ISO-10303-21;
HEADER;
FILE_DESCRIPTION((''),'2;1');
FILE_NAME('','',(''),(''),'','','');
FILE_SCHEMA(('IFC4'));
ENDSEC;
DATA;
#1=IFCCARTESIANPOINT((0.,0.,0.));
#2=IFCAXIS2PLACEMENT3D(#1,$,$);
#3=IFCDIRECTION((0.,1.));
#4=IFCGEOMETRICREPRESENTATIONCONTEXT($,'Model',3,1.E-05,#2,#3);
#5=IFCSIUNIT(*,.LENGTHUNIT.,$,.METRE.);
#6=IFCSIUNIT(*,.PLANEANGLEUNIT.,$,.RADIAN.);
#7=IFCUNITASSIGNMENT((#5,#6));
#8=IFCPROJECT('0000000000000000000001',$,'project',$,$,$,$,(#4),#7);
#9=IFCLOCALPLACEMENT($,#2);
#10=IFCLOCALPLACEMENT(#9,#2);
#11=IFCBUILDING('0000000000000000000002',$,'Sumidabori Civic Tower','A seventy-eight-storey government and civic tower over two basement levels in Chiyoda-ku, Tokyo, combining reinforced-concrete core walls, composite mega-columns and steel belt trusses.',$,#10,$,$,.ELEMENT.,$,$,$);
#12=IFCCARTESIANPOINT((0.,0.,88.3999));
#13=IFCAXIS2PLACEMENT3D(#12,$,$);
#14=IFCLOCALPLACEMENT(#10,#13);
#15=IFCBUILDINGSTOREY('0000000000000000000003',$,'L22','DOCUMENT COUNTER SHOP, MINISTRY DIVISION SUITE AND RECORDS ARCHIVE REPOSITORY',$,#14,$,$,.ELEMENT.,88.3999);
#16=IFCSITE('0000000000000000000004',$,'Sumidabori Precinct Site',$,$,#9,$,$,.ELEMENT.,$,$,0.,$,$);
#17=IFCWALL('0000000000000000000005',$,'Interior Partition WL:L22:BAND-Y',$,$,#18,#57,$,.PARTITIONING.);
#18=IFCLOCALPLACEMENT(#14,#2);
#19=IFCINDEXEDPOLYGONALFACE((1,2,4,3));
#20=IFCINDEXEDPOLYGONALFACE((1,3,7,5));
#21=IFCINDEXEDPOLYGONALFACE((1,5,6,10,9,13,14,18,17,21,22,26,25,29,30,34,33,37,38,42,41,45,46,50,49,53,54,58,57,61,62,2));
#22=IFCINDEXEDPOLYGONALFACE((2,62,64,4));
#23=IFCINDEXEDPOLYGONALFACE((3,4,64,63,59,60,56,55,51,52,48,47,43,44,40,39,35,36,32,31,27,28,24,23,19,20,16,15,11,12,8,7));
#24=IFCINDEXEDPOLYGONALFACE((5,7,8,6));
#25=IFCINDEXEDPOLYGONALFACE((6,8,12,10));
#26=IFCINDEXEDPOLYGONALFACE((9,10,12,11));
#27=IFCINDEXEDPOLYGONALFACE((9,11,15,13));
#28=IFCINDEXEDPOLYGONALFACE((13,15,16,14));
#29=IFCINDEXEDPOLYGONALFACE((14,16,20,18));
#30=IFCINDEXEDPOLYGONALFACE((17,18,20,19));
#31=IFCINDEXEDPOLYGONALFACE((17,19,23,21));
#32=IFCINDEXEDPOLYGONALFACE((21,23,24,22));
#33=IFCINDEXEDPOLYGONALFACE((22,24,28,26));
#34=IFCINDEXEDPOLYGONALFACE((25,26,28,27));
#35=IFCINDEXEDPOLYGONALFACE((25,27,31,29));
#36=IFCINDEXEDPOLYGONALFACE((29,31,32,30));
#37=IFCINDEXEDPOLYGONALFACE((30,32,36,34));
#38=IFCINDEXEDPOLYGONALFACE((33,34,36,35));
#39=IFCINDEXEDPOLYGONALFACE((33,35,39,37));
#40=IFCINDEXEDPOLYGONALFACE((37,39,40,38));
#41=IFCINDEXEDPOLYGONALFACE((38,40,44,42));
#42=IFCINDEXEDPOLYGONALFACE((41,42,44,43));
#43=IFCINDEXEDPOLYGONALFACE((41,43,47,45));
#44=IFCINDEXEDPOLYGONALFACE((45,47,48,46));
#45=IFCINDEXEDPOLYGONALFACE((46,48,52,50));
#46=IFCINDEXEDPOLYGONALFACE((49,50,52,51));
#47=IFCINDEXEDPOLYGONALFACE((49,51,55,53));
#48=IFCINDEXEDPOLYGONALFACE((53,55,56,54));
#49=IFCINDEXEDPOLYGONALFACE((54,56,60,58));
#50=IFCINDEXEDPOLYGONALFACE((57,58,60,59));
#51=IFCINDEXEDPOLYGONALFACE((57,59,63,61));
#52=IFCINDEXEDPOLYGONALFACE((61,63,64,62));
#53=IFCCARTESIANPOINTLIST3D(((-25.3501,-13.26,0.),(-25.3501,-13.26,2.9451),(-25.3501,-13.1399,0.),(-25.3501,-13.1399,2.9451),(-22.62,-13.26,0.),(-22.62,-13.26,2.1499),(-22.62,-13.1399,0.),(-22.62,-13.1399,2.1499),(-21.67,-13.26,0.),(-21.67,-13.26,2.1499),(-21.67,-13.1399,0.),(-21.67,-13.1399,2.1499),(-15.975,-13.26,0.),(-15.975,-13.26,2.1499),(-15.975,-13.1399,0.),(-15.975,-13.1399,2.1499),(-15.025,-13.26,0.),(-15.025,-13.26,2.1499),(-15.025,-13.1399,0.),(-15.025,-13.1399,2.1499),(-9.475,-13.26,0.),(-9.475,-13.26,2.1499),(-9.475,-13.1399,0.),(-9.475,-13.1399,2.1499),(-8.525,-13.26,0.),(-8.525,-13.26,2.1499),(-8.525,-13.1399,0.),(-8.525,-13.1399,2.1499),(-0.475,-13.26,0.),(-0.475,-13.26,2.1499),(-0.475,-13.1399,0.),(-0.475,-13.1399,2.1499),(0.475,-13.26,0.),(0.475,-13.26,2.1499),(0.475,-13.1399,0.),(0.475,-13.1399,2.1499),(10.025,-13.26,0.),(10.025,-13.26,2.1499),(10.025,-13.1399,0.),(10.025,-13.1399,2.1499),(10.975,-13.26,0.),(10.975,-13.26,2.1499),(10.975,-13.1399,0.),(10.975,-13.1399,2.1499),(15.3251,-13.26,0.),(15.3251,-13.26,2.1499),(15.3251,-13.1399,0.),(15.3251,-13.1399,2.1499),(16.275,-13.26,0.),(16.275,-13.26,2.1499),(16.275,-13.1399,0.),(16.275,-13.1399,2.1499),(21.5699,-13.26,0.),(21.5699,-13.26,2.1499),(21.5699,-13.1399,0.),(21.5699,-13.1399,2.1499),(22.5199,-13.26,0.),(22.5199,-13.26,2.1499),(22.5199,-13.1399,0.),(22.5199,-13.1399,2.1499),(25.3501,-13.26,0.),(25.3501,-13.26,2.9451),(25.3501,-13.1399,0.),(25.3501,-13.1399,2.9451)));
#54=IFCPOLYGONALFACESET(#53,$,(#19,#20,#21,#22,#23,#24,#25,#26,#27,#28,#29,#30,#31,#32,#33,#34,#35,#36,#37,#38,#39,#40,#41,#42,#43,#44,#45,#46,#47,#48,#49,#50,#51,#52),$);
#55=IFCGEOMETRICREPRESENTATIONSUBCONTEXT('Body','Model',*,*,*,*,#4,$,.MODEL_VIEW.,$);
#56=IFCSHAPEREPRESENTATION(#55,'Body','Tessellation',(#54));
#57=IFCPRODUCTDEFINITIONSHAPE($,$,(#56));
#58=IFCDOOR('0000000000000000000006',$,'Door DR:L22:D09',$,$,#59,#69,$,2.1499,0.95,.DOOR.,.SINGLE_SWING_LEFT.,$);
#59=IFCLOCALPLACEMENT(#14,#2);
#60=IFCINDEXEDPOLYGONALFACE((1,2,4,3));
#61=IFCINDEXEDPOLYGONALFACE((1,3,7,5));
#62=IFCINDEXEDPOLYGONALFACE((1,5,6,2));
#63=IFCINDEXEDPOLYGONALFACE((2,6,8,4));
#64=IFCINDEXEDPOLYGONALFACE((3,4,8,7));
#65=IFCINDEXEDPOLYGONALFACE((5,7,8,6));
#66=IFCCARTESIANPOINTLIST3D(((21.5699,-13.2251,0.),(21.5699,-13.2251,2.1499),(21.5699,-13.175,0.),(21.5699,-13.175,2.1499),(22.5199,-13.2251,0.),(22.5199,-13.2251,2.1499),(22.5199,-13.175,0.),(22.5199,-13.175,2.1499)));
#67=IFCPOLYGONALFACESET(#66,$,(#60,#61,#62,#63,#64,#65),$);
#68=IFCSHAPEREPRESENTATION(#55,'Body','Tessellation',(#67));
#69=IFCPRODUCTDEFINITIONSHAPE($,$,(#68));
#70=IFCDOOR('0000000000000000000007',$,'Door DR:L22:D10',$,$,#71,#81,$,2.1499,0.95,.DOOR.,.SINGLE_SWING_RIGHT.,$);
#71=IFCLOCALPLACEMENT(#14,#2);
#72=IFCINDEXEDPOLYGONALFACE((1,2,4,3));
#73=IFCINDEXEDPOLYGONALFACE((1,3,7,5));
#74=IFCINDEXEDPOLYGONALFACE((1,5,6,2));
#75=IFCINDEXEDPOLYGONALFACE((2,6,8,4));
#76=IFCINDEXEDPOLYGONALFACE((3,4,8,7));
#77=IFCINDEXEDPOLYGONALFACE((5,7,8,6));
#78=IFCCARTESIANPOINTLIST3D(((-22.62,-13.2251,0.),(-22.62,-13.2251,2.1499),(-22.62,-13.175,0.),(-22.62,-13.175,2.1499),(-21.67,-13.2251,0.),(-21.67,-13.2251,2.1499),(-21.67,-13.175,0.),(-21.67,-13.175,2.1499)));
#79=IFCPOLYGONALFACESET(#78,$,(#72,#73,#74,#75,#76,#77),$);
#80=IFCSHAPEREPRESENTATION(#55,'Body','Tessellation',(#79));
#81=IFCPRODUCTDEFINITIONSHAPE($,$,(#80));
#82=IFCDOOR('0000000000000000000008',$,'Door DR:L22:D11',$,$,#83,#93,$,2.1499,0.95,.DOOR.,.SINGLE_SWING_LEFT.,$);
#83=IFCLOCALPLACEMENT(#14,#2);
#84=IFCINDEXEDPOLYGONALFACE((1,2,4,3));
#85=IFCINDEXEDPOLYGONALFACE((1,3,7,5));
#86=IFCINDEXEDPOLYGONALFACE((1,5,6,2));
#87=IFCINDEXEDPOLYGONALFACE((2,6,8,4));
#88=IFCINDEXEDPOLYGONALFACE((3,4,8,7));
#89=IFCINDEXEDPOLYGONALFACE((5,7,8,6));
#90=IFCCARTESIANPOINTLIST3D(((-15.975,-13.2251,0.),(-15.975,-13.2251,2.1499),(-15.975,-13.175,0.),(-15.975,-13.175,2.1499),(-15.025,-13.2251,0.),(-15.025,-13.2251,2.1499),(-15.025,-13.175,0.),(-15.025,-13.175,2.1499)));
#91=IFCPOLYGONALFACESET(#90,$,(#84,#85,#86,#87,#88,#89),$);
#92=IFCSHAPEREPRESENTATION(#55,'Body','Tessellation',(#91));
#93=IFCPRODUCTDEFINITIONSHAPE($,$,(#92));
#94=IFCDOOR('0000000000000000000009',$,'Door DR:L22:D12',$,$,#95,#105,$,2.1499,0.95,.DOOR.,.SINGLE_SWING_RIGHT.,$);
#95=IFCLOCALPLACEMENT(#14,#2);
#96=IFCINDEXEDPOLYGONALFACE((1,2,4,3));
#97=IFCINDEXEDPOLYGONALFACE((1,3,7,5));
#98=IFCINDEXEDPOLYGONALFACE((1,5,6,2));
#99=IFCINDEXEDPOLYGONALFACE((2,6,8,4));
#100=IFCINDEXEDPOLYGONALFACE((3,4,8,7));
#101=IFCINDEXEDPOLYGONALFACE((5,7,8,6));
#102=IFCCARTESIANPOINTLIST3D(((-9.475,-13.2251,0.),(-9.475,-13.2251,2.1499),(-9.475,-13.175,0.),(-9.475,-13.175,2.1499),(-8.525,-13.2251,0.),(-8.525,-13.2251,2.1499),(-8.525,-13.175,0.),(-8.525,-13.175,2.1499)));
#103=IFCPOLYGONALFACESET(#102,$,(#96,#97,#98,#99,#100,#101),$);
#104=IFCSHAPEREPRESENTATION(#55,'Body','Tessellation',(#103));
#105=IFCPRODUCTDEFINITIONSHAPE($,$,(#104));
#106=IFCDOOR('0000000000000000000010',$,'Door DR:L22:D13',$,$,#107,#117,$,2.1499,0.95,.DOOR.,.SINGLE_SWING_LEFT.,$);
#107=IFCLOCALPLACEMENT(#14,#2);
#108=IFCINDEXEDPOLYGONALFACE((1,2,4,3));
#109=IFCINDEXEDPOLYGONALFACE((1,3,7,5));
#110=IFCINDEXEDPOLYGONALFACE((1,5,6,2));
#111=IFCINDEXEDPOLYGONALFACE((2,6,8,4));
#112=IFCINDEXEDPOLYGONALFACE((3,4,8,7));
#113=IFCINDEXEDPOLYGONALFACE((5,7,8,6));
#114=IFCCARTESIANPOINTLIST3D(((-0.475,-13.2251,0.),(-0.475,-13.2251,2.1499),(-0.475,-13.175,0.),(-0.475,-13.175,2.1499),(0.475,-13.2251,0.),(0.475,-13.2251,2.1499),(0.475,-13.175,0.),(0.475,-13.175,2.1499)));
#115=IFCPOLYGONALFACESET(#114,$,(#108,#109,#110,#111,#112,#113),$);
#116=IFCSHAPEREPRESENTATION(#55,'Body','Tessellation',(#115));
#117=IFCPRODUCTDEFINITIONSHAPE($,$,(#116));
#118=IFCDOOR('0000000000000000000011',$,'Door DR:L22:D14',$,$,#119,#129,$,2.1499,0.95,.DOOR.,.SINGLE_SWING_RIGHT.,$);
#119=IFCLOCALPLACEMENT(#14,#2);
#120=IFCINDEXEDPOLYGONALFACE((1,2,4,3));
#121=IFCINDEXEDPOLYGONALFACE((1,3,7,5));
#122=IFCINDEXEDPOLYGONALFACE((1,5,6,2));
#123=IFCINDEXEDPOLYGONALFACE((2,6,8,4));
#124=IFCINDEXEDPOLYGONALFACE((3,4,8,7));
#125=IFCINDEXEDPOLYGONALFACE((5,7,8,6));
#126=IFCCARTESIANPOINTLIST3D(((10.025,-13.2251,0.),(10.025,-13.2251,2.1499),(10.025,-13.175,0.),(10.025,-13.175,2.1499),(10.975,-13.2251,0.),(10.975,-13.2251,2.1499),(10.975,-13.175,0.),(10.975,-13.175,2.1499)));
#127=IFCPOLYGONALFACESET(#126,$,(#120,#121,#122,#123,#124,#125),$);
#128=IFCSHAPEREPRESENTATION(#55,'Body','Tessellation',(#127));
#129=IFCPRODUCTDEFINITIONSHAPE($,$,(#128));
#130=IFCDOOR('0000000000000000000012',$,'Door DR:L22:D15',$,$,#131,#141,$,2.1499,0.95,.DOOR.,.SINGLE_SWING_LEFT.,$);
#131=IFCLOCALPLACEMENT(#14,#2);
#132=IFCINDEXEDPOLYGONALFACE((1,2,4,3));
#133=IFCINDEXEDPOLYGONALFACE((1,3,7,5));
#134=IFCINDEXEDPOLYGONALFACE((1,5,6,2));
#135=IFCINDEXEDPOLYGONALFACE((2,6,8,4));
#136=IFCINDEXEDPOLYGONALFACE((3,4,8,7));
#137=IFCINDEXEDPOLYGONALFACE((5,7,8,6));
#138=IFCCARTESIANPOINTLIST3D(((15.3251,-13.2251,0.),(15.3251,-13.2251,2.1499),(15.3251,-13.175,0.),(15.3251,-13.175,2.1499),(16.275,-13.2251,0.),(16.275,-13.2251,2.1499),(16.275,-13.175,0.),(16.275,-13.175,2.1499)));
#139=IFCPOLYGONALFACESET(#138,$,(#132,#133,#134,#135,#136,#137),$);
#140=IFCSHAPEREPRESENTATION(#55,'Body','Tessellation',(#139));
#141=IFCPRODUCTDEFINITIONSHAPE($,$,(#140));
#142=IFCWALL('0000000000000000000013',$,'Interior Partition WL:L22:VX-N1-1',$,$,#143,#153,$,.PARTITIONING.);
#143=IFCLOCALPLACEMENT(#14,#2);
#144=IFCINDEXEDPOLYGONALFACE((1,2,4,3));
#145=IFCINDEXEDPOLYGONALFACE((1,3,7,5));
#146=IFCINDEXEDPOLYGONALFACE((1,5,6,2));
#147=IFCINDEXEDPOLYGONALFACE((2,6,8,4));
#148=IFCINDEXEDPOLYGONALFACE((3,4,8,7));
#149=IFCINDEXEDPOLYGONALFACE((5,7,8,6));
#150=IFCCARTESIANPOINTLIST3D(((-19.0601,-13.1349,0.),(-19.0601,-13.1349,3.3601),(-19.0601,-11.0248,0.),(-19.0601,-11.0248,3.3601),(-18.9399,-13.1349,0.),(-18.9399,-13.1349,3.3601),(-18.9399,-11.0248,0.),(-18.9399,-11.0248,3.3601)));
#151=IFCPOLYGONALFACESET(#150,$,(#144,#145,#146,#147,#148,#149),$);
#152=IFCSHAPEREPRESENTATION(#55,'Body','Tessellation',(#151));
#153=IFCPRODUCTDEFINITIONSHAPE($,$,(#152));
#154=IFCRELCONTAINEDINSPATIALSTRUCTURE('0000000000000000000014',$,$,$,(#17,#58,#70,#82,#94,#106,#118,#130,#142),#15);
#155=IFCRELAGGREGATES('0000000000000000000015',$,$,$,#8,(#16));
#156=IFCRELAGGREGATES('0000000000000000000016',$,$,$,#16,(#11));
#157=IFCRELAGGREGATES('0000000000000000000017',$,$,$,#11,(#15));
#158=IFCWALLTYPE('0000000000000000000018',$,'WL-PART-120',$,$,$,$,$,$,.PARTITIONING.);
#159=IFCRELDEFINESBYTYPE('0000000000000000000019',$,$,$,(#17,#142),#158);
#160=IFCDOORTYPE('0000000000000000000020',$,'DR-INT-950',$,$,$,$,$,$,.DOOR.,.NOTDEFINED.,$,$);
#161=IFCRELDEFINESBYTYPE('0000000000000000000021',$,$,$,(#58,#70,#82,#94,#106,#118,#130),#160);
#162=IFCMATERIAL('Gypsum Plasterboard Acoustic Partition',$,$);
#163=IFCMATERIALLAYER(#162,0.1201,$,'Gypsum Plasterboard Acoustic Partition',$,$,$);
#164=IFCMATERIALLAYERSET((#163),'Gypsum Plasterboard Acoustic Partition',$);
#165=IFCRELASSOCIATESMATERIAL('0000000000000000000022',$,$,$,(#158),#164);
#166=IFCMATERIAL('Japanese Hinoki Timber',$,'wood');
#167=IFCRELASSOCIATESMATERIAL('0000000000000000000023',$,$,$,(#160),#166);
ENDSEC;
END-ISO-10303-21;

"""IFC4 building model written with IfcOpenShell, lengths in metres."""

from ifc_helpers import new_model, si_unit, direction, frame, frame_2d, origin, place, context, subcontext, project, spatial, rectangle, extrude, source, transform, mapped, material, layer, layer_set, type_object, element, fill, save


model = new_model("IFC4")

# Units and contexts
model_context = context("Model", 3, precision=1e-05, world=origin(), true_north=direction((0.0, 1.0)))
body_context = subcontext(model_context, "Body", "Model", "MODEL_VIEW")
ifc_project = project(units=[si_unit("LENGTHUNIT", "METRE"), si_unit("PLANEANGLEUNIT", "RADIAN")], contexts=[model_context])

# Site, building, storey
site_placement = place(None, origin())
site = spatial("IfcSite", under=ifc_project, at=site_placement, Name="Sumidabori Precinct Site", CompositionType="ELEMENT", RefElevation=0.0)
building_placement = place(site_placement, origin())
building = spatial("IfcBuilding", under=site, at=building_placement, Name="Sumidabori Civic Tower", Description="A seventy-eight-storey government and civic tower over two basement levels in Chiyoda-ku, Tokyo, combining reinforced-concrete core walls, composite mega-columns and steel belt trusses.", CompositionType="ELEMENT")
storey_placement = place(building_placement, frame((0.0, 0.0, 88.3999)))
storey = spatial("IfcBuildingStorey", under=building, at=storey_placement, Name="L22", Description="DOCUMENT COUNTER SHOP, MINISTRY DIVISION SUITE AND RECORDS ARCHIVE REPOSITORY", CompositionType="ELEMENT", Elevation=88.3999)

# Wall, openings, doors
ifc_material_1 = material(Name="Gypsum Plasterboard Acoustic Partition")
ifc_layer_1 = layer(ifc_material_1, 0.1201, Name="Gypsum Plasterboard Acoustic Partition")
ifc_layer_set_1 = layer_set([ifc_layer_1], Name="Gypsum Plasterboard Acoustic Partition")
wall_type_1 = type_object("IfcWallType", Name="WL-PART-120", PredefinedType="PARTITIONING", material=ifc_layer_set_1)
shared_shape_1 = source(origin(), body_context, "Body", "SweptSolid", [
    extrude(rectangle(XDim=50.7002, YDim=0.1201, at=frame_2d((25.3501, 0.0))), origin(), (0.0, 0.0, 1.0), 2.9451),
])
wall_1_placement = place(storey_placement, frame((-25.3501, -13.2, 0.0), z_axis=(0.0, 0.0, 1.0), x_axis=(1.0, 0.0, 0.0)))
wall_1 = element("IfcWall", 1, at=wall_1_placement, inside=storey, type_object=wall_type_1, Name="Interior Partition WL:L22:BAND-Y", PredefinedType="PARTITIONING", context=body_context, shape_type="MappedRepresentation", body=[
    mapped(shared_shape_1, transform((0.0, 0.0, 0.0), x_axis=(1.0, 0.0, 0.0), y_axis=(0.0, 1.0, 0.0), z_axis=(0.0, 0.0, 1.0), scale=1.0)),
])
opening_1_placement = place(wall_1_placement, frame((46.9199, 0.0, 0.0)))
opening_1 = element("IfcOpeningElement", 2, at=opening_1_placement, cuts=wall_1, PredefinedType="OPENING", context=body_context, shape_type="SweptSolid", body=[
    extrude(rectangle(XDim=0.95, YDim=2.1499, at=frame_2d((0.4751, 1.075))), frame((0.0, 0.072, 0.0), z_axis=(0.0, -1.0, 0.0), x_axis=(1.0, 0.0, 0.0)), (0.0, 0.0, 1.0), 0.144),
])
opening_2_placement = place(wall_1_placement, frame((2.73, 0.0, 0.0)))
opening_2 = element("IfcOpeningElement", 3, at=opening_2_placement, cuts=wall_1, PredefinedType="OPENING", context=body_context, shape_type="SweptSolid", body=[
    extrude(rectangle(XDim=0.95, YDim=2.1499, at=frame_2d((0.4751, 1.075))), frame((0.0, 0.072, 0.0), z_axis=(0.0, -1.0, 0.0), x_axis=(1.0, 0.0, 0.0)), (0.0, 0.0, 1.0), 0.144),
])
opening_3_placement = place(wall_1_placement, frame((9.375, 0.0, 0.0)))
opening_3 = element("IfcOpeningElement", 4, at=opening_3_placement, cuts=wall_1, PredefinedType="OPENING", context=body_context, shape_type="SweptSolid", body=[
    extrude(rectangle(XDim=0.95, YDim=2.1499, at=frame_2d((0.4751, 1.075))), frame((0.0, 0.072, 0.0), z_axis=(0.0, -1.0, 0.0), x_axis=(1.0, 0.0, 0.0)), (0.0, 0.0, 1.0), 0.144),
])
opening_4_placement = place(wall_1_placement, frame((15.875, 0.0, 0.0)))
opening_4 = element("IfcOpeningElement", 5, at=opening_4_placement, cuts=wall_1, PredefinedType="OPENING", context=body_context, shape_type="SweptSolid", body=[
    extrude(rectangle(XDim=0.95, YDim=2.1499, at=frame_2d((0.4751, 1.075))), frame((0.0, 0.072, 0.0), z_axis=(0.0, -1.0, 0.0), x_axis=(1.0, 0.0, 0.0)), (0.0, 0.0, 1.0), 0.144),
])
opening_5_placement = place(wall_1_placement, frame((24.875, 0.0, 0.0)))
opening_5 = element("IfcOpeningElement", 6, at=opening_5_placement, cuts=wall_1, PredefinedType="OPENING", context=body_context, shape_type="SweptSolid", body=[
    extrude(rectangle(XDim=0.95, YDim=2.1499, at=frame_2d((0.4751, 1.075))), frame((0.0, 0.072, 0.0), z_axis=(0.0, -1.0, 0.0), x_axis=(1.0, 0.0, 0.0)), (0.0, 0.0, 1.0), 0.144),
])
opening_6_placement = place(wall_1_placement, frame((35.375, 0.0, 0.0)))
opening_6 = element("IfcOpeningElement", 7, at=opening_6_placement, cuts=wall_1, PredefinedType="OPENING", context=body_context, shape_type="SweptSolid", body=[
    extrude(rectangle(XDim=0.95, YDim=2.1499, at=frame_2d((0.4751, 1.075))), frame((0.0, 0.072, 0.0), z_axis=(0.0, -1.0, 0.0), x_axis=(1.0, 0.0, 0.0)), (0.0, 0.0, 1.0), 0.144),
])
opening_7_placement = place(wall_1_placement, frame((40.675, 0.0, 0.0)))
opening_7 = element("IfcOpeningElement", 8, at=opening_7_placement, cuts=wall_1, PredefinedType="OPENING", context=body_context, shape_type="SweptSolid", body=[
    extrude(rectangle(XDim=0.95, YDim=2.1499, at=frame_2d((0.4751, 1.075))), frame((0.0, 0.072, 0.0), z_axis=(0.0, -1.0, 0.0), x_axis=(1.0, 0.0, 0.0)), (0.0, 0.0, 1.0), 0.144),
])
ifc_material_2 = material(Name="Japanese Hinoki Timber", Category="wood")
door_type = type_object("IfcDoorType", Name="DR-INT-950", OperationType="NOTDEFINED", PredefinedType="DOOR", material=ifc_material_2)
shared_shape_2 = source(origin(), body_context, "Body", "SweptSolid", [
    extrude(rectangle(XDim=0.95, YDim=2.1499, at=frame_2d((0.4751, 1.075))), frame((0.0, 0.0249, 0.0), z_axis=(0.0, -1.0, 0.0), x_axis=(1.0, 0.0, 0.0)), (0.0, 0.0, 1.0), 0.05),
])
door_1_placement = place(opening_1_placement, origin())
door_1 = element("IfcDoor", 9, at=door_1_placement, inside=storey, type_object=door_type, Name="Door DR:L22:D09", OperationType="SINGLE_SWING_LEFT", OverallHeight=2.1499, OverallWidth=0.95, PredefinedType="DOOR", context=body_context, shape_type="MappedRepresentation", body=[
    mapped(shared_shape_2, transform((0.0, 0.0, 0.0), x_axis=(1.0, 0.0, 0.0), y_axis=(0.0, 1.0, 0.0), z_axis=(0.0, 0.0, 1.0), scale=1.0)),
])
fill(opening_1, door_1)
door_2_placement = place(opening_2_placement, origin())
door_2 = element("IfcDoor", 10, at=door_2_placement, inside=storey, type_object=door_type, Name="Door DR:L22:D10", OperationType="SINGLE_SWING_RIGHT", OverallHeight=2.1499, OverallWidth=0.95, PredefinedType="DOOR", context=body_context, shape_type="MappedRepresentation", body=[
    mapped(shared_shape_2, transform((0.0, 0.0, 0.0), x_axis=(1.0, 0.0, 0.0), y_axis=(0.0, 1.0, 0.0), z_axis=(0.0, 0.0, 1.0), scale=1.0)),
])
fill(opening_2, door_2)
door_3_placement = place(opening_3_placement, origin())
door_3 = element("IfcDoor", 11, at=door_3_placement, inside=storey, type_object=door_type, Name="Door DR:L22:D11", OperationType="SINGLE_SWING_LEFT", OverallHeight=2.1499, OverallWidth=0.95, PredefinedType="DOOR", context=body_context, shape_type="MappedRepresentation", body=[
    mapped(shared_shape_2, transform((0.0, 0.0, 0.0), x_axis=(1.0, 0.0, 0.0), y_axis=(0.0, 1.0, 0.0), z_axis=(0.0, 0.0, 1.0), scale=1.0)),
])
fill(opening_3, door_3)
door_4_placement = place(opening_4_placement, origin())
door_4 = element("IfcDoor", 12, at=door_4_placement, inside=storey, type_object=door_type, Name="Door DR:L22:D12", OperationType="SINGLE_SWING_RIGHT", OverallHeight=2.1499, OverallWidth=0.95, PredefinedType="DOOR", context=body_context, shape_type="MappedRepresentation", body=[
    mapped(shared_shape_2, transform((0.0, 0.0, 0.0), x_axis=(1.0, 0.0, 0.0), y_axis=(0.0, 1.0, 0.0), z_axis=(0.0, 0.0, 1.0), scale=1.0)),
])
fill(opening_4, door_4)
door_5_placement = place(opening_5_placement, origin())
door_5 = element("IfcDoor", 13, at=door_5_placement, inside=storey, type_object=door_type, Name="Door DR:L22:D13", OperationType="SINGLE_SWING_LEFT", OverallHeight=2.1499, OverallWidth=0.95, PredefinedType="DOOR", context=body_context, shape_type="MappedRepresentation", body=[
    mapped(shared_shape_2, transform((0.0, 0.0, 0.0), x_axis=(1.0, 0.0, 0.0), y_axis=(0.0, 1.0, 0.0), z_axis=(0.0, 0.0, 1.0), scale=1.0)),
])
fill(opening_5, door_5)
door_6_placement = place(opening_6_placement, origin())
door_6 = element("IfcDoor", 14, at=door_6_placement, inside=storey, type_object=door_type, Name="Door DR:L22:D14", OperationType="SINGLE_SWING_RIGHT", OverallHeight=2.1499, OverallWidth=0.95, PredefinedType="DOOR", context=body_context, shape_type="MappedRepresentation", body=[
    mapped(shared_shape_2, transform((0.0, 0.0, 0.0), x_axis=(1.0, 0.0, 0.0), y_axis=(0.0, 1.0, 0.0), z_axis=(0.0, 0.0, 1.0), scale=1.0)),
])
fill(opening_6, door_6)
door_7_placement = place(opening_7_placement, origin())
door_7 = element("IfcDoor", 15, at=door_7_placement, inside=storey, type_object=door_type, Name="Door DR:L22:D15", OperationType="SINGLE_SWING_LEFT", OverallHeight=2.1499, OverallWidth=0.95, PredefinedType="DOOR", context=body_context, shape_type="MappedRepresentation", body=[
    mapped(shared_shape_2, transform((0.0, 0.0, 0.0), x_axis=(1.0, 0.0, 0.0), y_axis=(0.0, 1.0, 0.0), z_axis=(0.0, 0.0, 1.0), scale=1.0)),
])
fill(opening_7, door_7)

# Wall
shared_shape_3 = source(origin(), body_context, "Body", "SweptSolid", [
    extrude(rectangle(XDim=2.1101, YDim=0.1201, at=frame_2d((1.0552, 0.0))), origin(), (0.0, 0.0, 1.0), 3.3601),
])
wall_2_placement = place(storey_placement, frame((-19.0, -13.135, 0.0), z_axis=(0.0, 0.0, 1.0), x_axis=(0.0, 1.0, 0.0)))
element("IfcWall", 16, at=wall_2_placement, inside=storey, type_object=wall_type_1, Name="Interior Partition WL:L22:VX-N1-1", PredefinedType="PARTITIONING", context=body_context, shape_type="MappedRepresentation", body=[
    mapped(shared_shape_3, transform((0.0, 0.0, 0.0), x_axis=(1.0, 0.0, 0.0), y_axis=(0.0, 1.0, 0.0), z_axis=(0.0, 0.0, 1.0), scale=1.0)),
])

save(model, "model.ifc")
